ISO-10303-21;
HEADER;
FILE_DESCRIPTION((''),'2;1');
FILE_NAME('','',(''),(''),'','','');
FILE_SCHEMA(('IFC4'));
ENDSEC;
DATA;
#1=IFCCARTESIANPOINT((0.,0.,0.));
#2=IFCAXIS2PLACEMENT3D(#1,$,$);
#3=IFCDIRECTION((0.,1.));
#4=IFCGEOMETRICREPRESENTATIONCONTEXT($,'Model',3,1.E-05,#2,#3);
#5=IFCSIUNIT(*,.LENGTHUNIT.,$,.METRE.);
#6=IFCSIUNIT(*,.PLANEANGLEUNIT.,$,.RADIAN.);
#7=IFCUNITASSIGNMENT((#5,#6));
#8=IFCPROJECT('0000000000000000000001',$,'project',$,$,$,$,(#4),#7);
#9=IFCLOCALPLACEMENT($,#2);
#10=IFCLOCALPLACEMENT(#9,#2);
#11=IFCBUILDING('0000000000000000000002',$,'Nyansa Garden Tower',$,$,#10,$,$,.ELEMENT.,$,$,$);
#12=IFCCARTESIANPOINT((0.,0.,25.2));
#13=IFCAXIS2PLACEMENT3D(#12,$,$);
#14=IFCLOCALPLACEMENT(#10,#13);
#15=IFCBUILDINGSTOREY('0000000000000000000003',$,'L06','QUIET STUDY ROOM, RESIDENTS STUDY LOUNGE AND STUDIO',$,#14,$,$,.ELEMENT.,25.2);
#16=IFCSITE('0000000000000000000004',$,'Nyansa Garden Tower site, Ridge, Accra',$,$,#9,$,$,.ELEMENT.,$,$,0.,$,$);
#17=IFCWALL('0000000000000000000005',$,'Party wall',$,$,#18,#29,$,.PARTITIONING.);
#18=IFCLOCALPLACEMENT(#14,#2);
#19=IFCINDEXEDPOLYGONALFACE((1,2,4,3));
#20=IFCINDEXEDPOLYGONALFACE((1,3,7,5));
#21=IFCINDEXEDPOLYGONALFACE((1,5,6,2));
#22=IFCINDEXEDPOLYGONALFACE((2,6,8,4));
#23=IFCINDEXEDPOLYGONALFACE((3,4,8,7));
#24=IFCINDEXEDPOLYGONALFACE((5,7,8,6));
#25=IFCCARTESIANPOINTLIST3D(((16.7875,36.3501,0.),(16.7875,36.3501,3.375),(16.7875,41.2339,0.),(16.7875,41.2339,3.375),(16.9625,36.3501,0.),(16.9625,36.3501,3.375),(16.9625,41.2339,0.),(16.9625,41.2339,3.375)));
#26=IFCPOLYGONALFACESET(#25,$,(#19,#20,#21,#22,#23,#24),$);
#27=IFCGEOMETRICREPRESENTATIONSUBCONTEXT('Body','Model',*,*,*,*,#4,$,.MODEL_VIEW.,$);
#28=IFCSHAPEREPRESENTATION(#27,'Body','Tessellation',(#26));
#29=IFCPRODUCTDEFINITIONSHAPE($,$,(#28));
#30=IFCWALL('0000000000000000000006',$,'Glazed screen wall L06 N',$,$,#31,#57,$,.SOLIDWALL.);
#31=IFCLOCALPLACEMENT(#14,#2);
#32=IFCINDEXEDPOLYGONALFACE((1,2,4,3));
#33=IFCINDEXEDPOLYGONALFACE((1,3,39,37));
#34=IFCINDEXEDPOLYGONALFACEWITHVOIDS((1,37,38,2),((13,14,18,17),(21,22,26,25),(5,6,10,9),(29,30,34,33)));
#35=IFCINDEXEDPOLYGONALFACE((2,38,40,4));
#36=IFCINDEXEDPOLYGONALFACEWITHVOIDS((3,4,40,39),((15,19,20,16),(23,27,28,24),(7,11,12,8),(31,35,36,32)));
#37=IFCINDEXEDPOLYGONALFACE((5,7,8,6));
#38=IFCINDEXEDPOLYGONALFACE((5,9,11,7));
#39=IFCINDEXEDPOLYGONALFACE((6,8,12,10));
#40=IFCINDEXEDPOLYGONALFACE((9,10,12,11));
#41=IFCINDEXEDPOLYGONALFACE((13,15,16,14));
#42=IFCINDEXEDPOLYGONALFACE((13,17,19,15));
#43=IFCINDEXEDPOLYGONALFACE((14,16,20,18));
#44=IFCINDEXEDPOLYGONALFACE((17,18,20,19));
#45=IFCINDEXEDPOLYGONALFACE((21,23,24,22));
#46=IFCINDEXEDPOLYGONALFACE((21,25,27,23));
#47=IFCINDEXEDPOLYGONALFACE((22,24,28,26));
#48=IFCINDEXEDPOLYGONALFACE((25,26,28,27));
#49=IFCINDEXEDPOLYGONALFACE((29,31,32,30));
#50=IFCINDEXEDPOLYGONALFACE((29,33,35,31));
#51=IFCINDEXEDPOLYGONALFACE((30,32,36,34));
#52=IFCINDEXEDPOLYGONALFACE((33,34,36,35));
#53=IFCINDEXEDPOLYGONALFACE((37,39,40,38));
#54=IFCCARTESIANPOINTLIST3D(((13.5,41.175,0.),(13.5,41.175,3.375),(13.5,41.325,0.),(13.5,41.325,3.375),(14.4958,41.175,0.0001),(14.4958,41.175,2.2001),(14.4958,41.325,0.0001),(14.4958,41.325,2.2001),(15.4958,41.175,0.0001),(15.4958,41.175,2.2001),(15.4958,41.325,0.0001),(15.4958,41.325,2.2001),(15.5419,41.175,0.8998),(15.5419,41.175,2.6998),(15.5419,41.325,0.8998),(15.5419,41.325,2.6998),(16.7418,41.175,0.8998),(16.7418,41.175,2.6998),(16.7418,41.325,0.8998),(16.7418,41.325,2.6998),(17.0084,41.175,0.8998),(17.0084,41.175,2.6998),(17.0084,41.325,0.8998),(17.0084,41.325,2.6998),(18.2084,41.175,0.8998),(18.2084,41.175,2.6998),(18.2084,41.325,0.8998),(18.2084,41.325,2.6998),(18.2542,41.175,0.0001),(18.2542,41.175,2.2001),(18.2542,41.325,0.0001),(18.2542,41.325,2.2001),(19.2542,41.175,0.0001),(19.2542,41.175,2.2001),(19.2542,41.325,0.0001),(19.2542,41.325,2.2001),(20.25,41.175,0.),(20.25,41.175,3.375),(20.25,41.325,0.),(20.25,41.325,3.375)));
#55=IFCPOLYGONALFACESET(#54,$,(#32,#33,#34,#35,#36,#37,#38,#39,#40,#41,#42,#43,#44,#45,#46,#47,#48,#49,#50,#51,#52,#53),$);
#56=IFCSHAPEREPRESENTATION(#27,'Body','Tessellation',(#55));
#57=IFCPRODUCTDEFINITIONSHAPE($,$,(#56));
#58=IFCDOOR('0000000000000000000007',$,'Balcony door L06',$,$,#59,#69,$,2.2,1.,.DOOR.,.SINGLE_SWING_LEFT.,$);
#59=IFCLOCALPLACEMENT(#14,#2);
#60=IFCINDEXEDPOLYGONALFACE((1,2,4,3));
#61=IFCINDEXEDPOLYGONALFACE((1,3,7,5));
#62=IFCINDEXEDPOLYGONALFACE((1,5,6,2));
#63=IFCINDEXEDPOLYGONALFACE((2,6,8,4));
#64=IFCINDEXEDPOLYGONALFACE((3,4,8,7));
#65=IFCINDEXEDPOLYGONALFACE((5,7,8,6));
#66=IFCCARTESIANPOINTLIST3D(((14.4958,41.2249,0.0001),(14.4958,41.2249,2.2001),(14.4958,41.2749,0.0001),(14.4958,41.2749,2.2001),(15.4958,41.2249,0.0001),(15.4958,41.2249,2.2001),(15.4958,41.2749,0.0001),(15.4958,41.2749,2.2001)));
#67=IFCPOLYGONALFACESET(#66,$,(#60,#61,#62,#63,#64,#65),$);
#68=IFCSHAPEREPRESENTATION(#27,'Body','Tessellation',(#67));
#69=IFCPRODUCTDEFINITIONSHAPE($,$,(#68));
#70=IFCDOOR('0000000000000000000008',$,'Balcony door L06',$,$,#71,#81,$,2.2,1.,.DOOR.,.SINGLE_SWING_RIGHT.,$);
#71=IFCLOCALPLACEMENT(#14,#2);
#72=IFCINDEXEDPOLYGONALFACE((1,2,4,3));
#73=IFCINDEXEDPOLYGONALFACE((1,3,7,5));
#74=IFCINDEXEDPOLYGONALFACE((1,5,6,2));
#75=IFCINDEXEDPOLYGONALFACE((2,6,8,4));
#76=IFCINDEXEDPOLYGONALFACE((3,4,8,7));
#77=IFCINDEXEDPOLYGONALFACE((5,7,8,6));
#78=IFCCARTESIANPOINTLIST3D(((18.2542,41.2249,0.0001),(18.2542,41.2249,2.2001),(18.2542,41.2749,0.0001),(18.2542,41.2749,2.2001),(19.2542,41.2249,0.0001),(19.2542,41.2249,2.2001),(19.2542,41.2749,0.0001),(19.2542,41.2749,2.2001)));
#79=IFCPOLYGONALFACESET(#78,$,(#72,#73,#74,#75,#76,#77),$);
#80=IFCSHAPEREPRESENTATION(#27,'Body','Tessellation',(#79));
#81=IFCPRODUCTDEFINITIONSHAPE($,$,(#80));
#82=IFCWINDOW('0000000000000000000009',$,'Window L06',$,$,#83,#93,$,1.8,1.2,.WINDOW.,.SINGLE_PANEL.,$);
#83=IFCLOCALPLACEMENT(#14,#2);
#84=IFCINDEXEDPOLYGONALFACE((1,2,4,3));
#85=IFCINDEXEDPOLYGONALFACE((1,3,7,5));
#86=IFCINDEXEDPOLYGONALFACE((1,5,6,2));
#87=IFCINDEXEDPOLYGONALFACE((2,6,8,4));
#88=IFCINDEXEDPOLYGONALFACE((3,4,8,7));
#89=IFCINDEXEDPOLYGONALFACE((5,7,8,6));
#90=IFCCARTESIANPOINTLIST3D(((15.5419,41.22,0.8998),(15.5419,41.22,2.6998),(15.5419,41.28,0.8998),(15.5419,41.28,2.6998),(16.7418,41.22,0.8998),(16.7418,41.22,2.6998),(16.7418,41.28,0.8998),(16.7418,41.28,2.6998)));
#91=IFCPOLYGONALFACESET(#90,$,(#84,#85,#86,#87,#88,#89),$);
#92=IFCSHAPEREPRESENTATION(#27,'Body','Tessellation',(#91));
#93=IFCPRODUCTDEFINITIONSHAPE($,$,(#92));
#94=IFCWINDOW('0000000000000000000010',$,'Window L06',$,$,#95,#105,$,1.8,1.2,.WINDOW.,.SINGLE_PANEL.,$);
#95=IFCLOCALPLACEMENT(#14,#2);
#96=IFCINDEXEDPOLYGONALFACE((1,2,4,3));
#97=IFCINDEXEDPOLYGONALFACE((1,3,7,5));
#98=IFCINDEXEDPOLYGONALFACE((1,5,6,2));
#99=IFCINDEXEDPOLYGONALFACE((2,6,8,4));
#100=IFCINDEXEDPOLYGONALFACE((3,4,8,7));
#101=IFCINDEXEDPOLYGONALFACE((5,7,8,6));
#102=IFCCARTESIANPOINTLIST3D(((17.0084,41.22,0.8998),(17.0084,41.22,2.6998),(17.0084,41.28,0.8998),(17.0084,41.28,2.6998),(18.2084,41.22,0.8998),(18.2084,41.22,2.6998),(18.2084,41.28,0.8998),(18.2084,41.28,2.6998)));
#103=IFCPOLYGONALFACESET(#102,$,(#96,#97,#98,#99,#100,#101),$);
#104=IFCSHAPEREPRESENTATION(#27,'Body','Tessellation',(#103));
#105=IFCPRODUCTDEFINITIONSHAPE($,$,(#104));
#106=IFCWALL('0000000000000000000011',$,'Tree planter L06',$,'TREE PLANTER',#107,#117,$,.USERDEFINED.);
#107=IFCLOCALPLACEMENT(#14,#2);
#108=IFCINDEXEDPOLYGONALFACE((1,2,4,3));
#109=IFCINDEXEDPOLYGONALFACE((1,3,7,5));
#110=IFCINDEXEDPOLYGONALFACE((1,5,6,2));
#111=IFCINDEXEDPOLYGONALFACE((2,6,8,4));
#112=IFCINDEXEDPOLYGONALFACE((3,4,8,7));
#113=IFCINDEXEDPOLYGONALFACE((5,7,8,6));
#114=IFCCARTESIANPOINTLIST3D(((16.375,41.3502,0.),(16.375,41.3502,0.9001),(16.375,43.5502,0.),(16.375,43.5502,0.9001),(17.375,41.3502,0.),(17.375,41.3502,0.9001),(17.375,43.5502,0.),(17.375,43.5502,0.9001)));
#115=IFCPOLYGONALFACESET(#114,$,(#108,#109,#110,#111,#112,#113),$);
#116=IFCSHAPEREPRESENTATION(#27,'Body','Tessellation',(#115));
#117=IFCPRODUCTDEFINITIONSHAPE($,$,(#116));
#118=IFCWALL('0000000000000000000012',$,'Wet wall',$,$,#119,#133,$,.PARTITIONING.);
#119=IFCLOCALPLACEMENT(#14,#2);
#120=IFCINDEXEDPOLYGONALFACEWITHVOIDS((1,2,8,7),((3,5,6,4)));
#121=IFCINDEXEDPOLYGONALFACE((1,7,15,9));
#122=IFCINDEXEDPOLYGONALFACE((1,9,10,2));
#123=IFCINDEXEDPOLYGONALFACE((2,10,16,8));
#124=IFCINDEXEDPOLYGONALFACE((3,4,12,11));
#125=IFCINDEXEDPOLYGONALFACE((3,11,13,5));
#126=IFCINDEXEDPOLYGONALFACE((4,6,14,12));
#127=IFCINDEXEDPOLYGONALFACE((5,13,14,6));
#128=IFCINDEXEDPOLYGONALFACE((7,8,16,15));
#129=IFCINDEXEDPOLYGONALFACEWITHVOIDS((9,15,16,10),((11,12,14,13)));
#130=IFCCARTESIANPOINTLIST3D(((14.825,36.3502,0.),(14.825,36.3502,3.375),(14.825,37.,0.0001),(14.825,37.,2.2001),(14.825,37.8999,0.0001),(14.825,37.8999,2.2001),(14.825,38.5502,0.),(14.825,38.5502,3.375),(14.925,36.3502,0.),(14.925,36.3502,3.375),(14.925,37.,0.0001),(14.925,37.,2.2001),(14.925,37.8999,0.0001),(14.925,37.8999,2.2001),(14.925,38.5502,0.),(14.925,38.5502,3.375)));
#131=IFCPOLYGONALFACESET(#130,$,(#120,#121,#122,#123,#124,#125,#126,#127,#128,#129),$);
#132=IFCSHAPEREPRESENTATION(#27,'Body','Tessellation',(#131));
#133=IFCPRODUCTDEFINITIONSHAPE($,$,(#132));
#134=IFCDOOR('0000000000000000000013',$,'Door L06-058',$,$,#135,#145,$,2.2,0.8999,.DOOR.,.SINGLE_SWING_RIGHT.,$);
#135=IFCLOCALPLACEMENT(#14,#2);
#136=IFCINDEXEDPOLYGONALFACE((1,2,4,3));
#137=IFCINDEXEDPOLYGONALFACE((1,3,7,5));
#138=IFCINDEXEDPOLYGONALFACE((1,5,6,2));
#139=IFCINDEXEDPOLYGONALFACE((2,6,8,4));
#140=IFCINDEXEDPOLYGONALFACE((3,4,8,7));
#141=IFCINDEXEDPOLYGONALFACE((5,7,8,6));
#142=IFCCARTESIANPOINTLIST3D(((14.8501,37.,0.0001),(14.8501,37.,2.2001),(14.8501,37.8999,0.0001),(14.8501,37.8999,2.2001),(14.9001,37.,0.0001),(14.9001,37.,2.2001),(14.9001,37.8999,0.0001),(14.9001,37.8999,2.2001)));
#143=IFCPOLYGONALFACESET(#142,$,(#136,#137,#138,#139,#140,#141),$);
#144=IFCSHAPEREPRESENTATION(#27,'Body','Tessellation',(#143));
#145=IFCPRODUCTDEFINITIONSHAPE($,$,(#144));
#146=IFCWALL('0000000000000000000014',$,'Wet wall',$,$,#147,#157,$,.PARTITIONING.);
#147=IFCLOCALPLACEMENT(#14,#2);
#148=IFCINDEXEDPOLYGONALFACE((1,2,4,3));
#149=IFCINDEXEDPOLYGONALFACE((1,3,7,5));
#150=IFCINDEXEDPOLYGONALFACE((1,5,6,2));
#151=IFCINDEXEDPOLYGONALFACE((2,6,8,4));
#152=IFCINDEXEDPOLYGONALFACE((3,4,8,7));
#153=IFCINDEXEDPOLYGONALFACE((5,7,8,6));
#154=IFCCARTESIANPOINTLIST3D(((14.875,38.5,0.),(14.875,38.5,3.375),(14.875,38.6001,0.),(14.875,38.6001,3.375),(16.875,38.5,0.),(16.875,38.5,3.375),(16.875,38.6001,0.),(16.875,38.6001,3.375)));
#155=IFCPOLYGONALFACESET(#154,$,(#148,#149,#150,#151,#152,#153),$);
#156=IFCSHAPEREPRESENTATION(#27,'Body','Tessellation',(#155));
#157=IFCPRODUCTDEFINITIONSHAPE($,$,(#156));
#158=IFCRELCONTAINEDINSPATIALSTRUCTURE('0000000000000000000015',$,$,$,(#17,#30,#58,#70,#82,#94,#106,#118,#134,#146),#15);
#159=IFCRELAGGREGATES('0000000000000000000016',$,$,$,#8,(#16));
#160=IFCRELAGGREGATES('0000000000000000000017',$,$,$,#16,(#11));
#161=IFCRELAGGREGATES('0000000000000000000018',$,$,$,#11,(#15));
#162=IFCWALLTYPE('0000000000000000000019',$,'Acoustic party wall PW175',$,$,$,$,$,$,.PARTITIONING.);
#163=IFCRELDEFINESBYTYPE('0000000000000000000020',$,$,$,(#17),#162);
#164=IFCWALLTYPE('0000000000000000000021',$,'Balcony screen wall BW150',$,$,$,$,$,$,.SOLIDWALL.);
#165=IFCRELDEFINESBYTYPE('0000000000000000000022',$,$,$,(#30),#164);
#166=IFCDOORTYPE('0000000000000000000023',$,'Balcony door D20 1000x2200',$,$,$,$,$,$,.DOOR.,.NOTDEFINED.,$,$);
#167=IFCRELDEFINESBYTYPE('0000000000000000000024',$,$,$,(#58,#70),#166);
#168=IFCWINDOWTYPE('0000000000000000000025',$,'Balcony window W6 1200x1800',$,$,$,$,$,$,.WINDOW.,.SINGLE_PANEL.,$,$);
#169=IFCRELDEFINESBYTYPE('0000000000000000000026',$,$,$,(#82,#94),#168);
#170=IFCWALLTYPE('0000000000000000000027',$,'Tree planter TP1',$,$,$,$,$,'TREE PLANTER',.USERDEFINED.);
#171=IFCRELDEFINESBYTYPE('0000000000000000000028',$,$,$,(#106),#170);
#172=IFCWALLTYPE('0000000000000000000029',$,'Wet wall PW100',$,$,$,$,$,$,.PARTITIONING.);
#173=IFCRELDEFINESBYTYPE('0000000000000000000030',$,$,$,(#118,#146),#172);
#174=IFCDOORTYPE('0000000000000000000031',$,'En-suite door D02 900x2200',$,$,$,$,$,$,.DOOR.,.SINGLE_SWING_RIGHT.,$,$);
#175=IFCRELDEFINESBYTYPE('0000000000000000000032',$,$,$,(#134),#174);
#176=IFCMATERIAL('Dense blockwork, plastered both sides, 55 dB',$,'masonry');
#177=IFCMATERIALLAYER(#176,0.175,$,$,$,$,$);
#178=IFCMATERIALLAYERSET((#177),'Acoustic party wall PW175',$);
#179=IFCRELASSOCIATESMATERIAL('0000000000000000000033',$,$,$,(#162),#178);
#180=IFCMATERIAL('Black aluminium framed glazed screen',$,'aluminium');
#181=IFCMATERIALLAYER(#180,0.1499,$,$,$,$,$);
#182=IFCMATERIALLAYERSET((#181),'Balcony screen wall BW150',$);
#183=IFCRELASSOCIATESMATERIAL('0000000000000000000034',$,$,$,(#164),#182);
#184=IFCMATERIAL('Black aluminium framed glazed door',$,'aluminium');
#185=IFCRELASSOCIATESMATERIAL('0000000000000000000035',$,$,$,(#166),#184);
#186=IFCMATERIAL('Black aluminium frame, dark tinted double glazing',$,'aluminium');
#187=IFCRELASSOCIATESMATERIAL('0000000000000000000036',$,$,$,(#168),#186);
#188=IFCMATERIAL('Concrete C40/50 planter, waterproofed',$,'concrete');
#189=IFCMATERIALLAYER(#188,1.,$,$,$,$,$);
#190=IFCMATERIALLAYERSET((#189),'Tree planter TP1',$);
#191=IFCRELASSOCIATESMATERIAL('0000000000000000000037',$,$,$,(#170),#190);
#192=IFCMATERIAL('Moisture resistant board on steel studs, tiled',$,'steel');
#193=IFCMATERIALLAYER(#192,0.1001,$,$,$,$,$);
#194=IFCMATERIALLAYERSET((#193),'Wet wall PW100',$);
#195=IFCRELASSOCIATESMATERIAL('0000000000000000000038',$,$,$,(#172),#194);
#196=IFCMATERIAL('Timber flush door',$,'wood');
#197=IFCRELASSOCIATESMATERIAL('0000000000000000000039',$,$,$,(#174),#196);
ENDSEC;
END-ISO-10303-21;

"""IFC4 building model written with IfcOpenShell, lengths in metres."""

from ifc_helpers import new_model, si_unit, direction, frame, frame_2d, origin, place, context, subcontext, project, spatial, rectangle, extrude, material, layer, layer_set, type_object, element, fill, save


model = new_model("IFC4")

# Units and contexts
model_context = context("Model", 3, precision=1e-05, world=origin(), true_north=direction((0.0, 1.0)))
body_context = subcontext(model_context, "Body", "Model", "MODEL_VIEW")
ifc_project = project(units=[si_unit("LENGTHUNIT", "METRE"), si_unit("PLANEANGLEUNIT", "RADIAN")], contexts=[model_context])

# Site, building, storey
site_placement = place(None, origin())
site = spatial("IfcSite", under=ifc_project, at=site_placement, Name="Nyansa Garden Tower site, Ridge, Accra", CompositionType="ELEMENT", RefElevation=0.0)
building_placement = place(site_placement, origin())
building = spatial("IfcBuilding", under=site, at=building_placement, Name="Nyansa Garden Tower", CompositionType="ELEMENT")
storey_placement = place(building_placement, frame((0.0, 0.0, 25.2)))
storey = spatial("IfcBuildingStorey", under=building, at=storey_placement, Name="L06", Description="QUIET STUDY ROOM, RESIDENTS STUDY LOUNGE AND STUDIO", CompositionType="ELEMENT", Elevation=25.2)

# Wall
ifc_material_1 = material(Name="Dense blockwork, plastered both sides, 55 dB", Category="masonry")
ifc_layer_1 = layer(ifc_material_1, 0.175)
ifc_layer_set_1 = layer_set([ifc_layer_1], Name="Acoustic party wall PW175")
wall_type_1 = type_object("IfcWallType", Name="Acoustic party wall PW175", PredefinedType="PARTITIONING", material=ifc_layer_set_1)
wall_1_placement = place(storey_placement, frame((16.875, 36.3501, 0.0), z_axis=(0.0, 0.0, 1.0), x_axis=(0.0, 1.0, 0.0)))
element("IfcWall", 1, at=wall_1_placement, inside=storey, type_object=wall_type_1, Name="Party wall", PredefinedType="PARTITIONING", context=body_context, shape_type="SweptSolid", body=[
    extrude(rectangle(XDim=4.8838, YDim=0.175, at=frame_2d((2.4419, 0.0))), origin(), (0.0, 0.0, 1.0), 3.375),
])

# Wall, openings, doors, windows
ifc_material_2 = material(Name="Black aluminium framed glazed screen", Category="aluminium")
ifc_layer_2 = layer(ifc_material_2, 0.1499)
ifc_layer_set_2 = layer_set([ifc_layer_2], Name="Balcony screen wall BW150")
wall_type_2 = type_object("IfcWallType", Name="Balcony screen wall BW150", PredefinedType="SOLIDWALL", material=ifc_layer_set_2)
wall_2_placement = place(storey_placement, frame((13.5, 41.25, 0.0), z_axis=(0.0, 0.0, 1.0), x_axis=(1.0, 0.0, 0.0)))
wall_2 = element("IfcWall", 2, at=wall_2_placement, inside=storey, type_object=wall_type_2, Name="Glazed screen wall L06 N", PredefinedType="SOLIDWALL", context=body_context, shape_type="SweptSolid", body=[
    extrude(rectangle(XDim=6.75, YDim=0.1499, at=frame_2d((3.375, 0.0))), origin(), (0.0, 0.0, 1.0), 3.375),
])
opening_1_placement = place(wall_2_placement, frame((0.9958, 0.0, 0.0)))
opening_1 = element("IfcOpeningElement", 3, at=opening_1_placement, cuts=wall_2, PredefinedType="OPENING", context=body_context, shape_type="SweptSolid", body=[
    extrude(rectangle(XDim=1.0, YDim=2.2, at=frame_2d((0.5, 1.1001))), frame((0.0, 0.085, 0.0), z_axis=(0.0, -1.0, 0.0), x_axis=(1.0, 0.0, 0.0)), (0.0, 0.0, 1.0), 0.1699),
])
opening_2_placement = place(wall_2_placement, frame((2.0417, 0.0, 0.8999)))
opening_2 = element("IfcOpeningElement", 4, at=opening_2_placement, cuts=wall_2, PredefinedType="OPENING", context=body_context, shape_type="SweptSolid", body=[
    extrude(rectangle(XDim=1.2, YDim=1.8, at=frame_2d((0.6001, 0.8999))), frame((0.0, 0.085, 0.0), z_axis=(0.0, -1.0, 0.0), x_axis=(1.0, 0.0, 0.0)), (0.0, 0.0, 1.0), 0.1699),
])
opening_3_placement = place(wall_2_placement, frame((4.7542, 0.0, 0.0)))
opening_3 = element("IfcOpeningElement", 5, at=opening_3_placement, cuts=wall_2, PredefinedType="OPENING", context=body_context, shape_type="SweptSolid", body=[
    extrude(rectangle(XDim=1.0, YDim=2.2, at=frame_2d((0.5, 1.1001))), frame((0.0, 0.085, 0.0), z_axis=(0.0, -1.0, 0.0), x_axis=(1.0, 0.0, 0.0)), (0.0, 0.0, 1.0), 0.1699),
])
opening_4_placement = place(wall_2_placement, frame((3.5083, 0.0, 0.8999)))
opening_4 = element("IfcOpeningElement", 6, at=opening_4_placement, cuts=wall_2, PredefinedType="OPENING", context=body_context, shape_type="SweptSolid", body=[
    extrude(rectangle(XDim=1.2, YDim=1.8, at=frame_2d((0.6001, 0.8999))), frame((0.0, 0.085, 0.0), z_axis=(0.0, -1.0, 0.0), x_axis=(1.0, 0.0, 0.0)), (0.0, 0.0, 1.0), 0.1699),
])
ifc_material_3 = material(Name="Black aluminium framed glazed door", Category="aluminium")
door_type_1 = type_object("IfcDoorType", Name="Balcony door D20 1000x2200", OperationType="NOTDEFINED", PredefinedType="DOOR", material=ifc_material_3)
door_1_placement = place(opening_1_placement, origin())
door_1 = element("IfcDoor", 7, at=door_1_placement, inside=storey, type_object=door_type_1, Name="Balcony door L06", OperationType="SINGLE_SWING_LEFT", OverallHeight=2.2, OverallWidth=1.0, PredefinedType="DOOR", context=body_context, shape_type="SweptSolid", body=[
    extrude(rectangle(XDim=1.0, YDim=2.2, at=frame_2d((0.5, 1.1001))), frame((0.0, 0.0249, 0.0), z_axis=(0.0, -1.0, 0.0), x_axis=(1.0, 0.0, 0.0)), (0.0, 0.0, 1.0), 0.05),
])
fill(opening_1, door_1)
door_2_placement = place(opening_3_placement, origin())
door_2 = element("IfcDoor", 8, at=door_2_placement, inside=storey, type_object=door_type_1, Name="Balcony door L06", OperationType="SINGLE_SWING_RIGHT", OverallHeight=2.2, OverallWidth=1.0, PredefinedType="DOOR", context=body_context, shape_type="SweptSolid", body=[
    extrude(rectangle(XDim=1.0, YDim=2.2, at=frame_2d((0.5, 1.1001))), frame((0.0, 0.0249, 0.0), z_axis=(0.0, -1.0, 0.0), x_axis=(1.0, 0.0, 0.0)), (0.0, 0.0, 1.0), 0.05),
])
fill(opening_3, door_2)
ifc_material_4 = material(Name="Black aluminium frame, dark tinted double glazing", Category="aluminium")
window_type = type_object("IfcWindowType", Name="Balcony window W6 1200x1800", PartitioningType="SINGLE_PANEL", PredefinedType="WINDOW", material=ifc_material_4)
window_1_placement = place(opening_2_placement, origin())
window_1 = element("IfcWindow", 9, at=window_1_placement, inside=storey, type_object=window_type, Name="Window L06", OverallHeight=1.8, OverallWidth=1.2, PartitioningType="SINGLE_PANEL", PredefinedType="WINDOW", context=body_context, shape_type="SweptSolid", body=[
    extrude(rectangle(XDim=1.2, YDim=1.8, at=frame_2d((0.6001, 0.8999))), frame((0.0, 0.03, 0.0), z_axis=(0.0, -1.0, 0.0), x_axis=(1.0, 0.0, 0.0)), (0.0, 0.0, 1.0), 0.0601),
])
fill(opening_2, window_1)
window_2_placement = place(opening_4_placement, origin())
window_2 = element("IfcWindow", 10, at=window_2_placement, inside=storey, type_object=window_type, Name="Window L06", OverallHeight=1.8, OverallWidth=1.2, PartitioningType="SINGLE_PANEL", PredefinedType="WINDOW", context=body_context, shape_type="SweptSolid", body=[
    extrude(rectangle(XDim=1.2, YDim=1.8, at=frame_2d((0.6001, 0.8999))), frame((0.0, 0.03, 0.0), z_axis=(0.0, -1.0, 0.0), x_axis=(1.0, 0.0, 0.0)), (0.0, 0.0, 1.0), 0.0601),
])
fill(opening_4, window_2)

# Wall
ifc_material_5 = material(Name="Concrete C40/50 planter, waterproofed", Category="concrete")
ifc_layer_3 = layer(ifc_material_5, 1.0)
ifc_layer_set_3 = layer_set([ifc_layer_3], Name="Tree planter TP1")
wall_type_3 = type_object("IfcWallType", Name="Tree planter TP1", ElementType="TREE PLANTER", PredefinedType="USERDEFINED", material=ifc_layer_set_3)
wall_3_placement = place(storey_placement, frame((16.875, 41.3501, 0.0), z_axis=(0.0, 0.0, 1.0), x_axis=(0.0, 1.0, 0.0)))
element("IfcWall", 11, at=wall_3_placement, inside=storey, type_object=wall_type_3, Name="Tree planter L06", ObjectType="TREE PLANTER", PredefinedType="USERDEFINED", context=body_context, shape_type="SweptSolid", body=[
    extrude(rectangle(XDim=2.2, YDim=1.0, at=frame_2d((1.1001, 0.0))), origin(), (0.0, 0.0, 1.0), 0.9001),
])

# Wall, opening, door
ifc_material_6 = material(Name="Moisture resistant board on steel studs, tiled", Category="steel")
ifc_layer_4 = layer(ifc_material_6, 0.1001)
ifc_layer_set_4 = layer_set([ifc_layer_4], Name="Wet wall PW100")
wall_type_4 = type_object("IfcWallType", Name="Wet wall PW100", PredefinedType="PARTITIONING", material=ifc_layer_set_4)
wall_4_placement = place(storey_placement, frame((14.875, 36.3501, 0.0), z_axis=(0.0, 0.0, 1.0), x_axis=(0.0, 1.0, 0.0)))
wall_4 = element("IfcWall", 12, at=wall_4_placement, inside=storey, type_object=wall_type_4, Name="Wet wall", PredefinedType="PARTITIONING", context=body_context, shape_type="SweptSolid", body=[
    extrude(rectangle(XDim=2.2, YDim=0.1001, at=frame_2d((1.1001, 0.0))), origin(), (0.0, 0.0, 1.0), 3.375),
])
opening_5_placement = place(wall_4_placement, frame((0.6499, 0.0, 0.0)))
opening_5 = element("IfcOpeningElement", 13, at=opening_5_placement, cuts=wall_4, PredefinedType="OPENING", context=body_context, shape_type="SweptSolid", body=[
    extrude(rectangle(XDim=0.8999, YDim=2.2, at=frame_2d((0.45, 1.1001))), frame((0.0, 0.0601, 0.0), z_axis=(0.0, -1.0, 0.0), x_axis=(1.0, 0.0, 0.0)), (0.0, 0.0, 1.0), 0.1201),
])
ifc_material_7 = material(Name="Timber flush door", Category="wood")
door_type_2 = type_object("IfcDoorType", Name="En-suite door D02 900x2200", OperationType="SINGLE_SWING_RIGHT", PredefinedType="DOOR", material=ifc_material_7)
door_3_placement = place(opening_5_placement, origin())
door_3 = element("IfcDoor", 14, at=door_3_placement, inside=storey, type_object=door_type_2, Name="Door L06-058", OperationType="SINGLE_SWING_RIGHT", OverallHeight=2.2, OverallWidth=0.8999, PredefinedType="DOOR", context=body_context, shape_type="SweptSolid", body=[
    extrude(rectangle(XDim=0.8999, YDim=2.2, at=frame_2d((0.45, 1.1001))), frame((0.0, 0.0249, 0.0), z_axis=(0.0, -1.0, 0.0), x_axis=(1.0, 0.0, 0.0)), (0.0, 0.0, 1.0), 0.05),
])
fill(opening_5, door_3)

# Wall
wall_5_placement = place(storey_placement, frame((14.875, 38.55, 0.0), z_axis=(0.0, 0.0, 1.0), x_axis=(1.0, 0.0, 0.0)))
element("IfcWall", 15, at=wall_5_placement, inside=storey, type_object=wall_type_4, Name="Wet wall", PredefinedType="PARTITIONING", context=body_context, shape_type="SweptSolid", body=[
    extrude(rectangle(XDim=2.0, YDim=0.1001, at=frame_2d((1.0, 0.0))), origin(), (0.0, 0.0, 1.0), 3.375),
])

save(model, "model.ifc")
